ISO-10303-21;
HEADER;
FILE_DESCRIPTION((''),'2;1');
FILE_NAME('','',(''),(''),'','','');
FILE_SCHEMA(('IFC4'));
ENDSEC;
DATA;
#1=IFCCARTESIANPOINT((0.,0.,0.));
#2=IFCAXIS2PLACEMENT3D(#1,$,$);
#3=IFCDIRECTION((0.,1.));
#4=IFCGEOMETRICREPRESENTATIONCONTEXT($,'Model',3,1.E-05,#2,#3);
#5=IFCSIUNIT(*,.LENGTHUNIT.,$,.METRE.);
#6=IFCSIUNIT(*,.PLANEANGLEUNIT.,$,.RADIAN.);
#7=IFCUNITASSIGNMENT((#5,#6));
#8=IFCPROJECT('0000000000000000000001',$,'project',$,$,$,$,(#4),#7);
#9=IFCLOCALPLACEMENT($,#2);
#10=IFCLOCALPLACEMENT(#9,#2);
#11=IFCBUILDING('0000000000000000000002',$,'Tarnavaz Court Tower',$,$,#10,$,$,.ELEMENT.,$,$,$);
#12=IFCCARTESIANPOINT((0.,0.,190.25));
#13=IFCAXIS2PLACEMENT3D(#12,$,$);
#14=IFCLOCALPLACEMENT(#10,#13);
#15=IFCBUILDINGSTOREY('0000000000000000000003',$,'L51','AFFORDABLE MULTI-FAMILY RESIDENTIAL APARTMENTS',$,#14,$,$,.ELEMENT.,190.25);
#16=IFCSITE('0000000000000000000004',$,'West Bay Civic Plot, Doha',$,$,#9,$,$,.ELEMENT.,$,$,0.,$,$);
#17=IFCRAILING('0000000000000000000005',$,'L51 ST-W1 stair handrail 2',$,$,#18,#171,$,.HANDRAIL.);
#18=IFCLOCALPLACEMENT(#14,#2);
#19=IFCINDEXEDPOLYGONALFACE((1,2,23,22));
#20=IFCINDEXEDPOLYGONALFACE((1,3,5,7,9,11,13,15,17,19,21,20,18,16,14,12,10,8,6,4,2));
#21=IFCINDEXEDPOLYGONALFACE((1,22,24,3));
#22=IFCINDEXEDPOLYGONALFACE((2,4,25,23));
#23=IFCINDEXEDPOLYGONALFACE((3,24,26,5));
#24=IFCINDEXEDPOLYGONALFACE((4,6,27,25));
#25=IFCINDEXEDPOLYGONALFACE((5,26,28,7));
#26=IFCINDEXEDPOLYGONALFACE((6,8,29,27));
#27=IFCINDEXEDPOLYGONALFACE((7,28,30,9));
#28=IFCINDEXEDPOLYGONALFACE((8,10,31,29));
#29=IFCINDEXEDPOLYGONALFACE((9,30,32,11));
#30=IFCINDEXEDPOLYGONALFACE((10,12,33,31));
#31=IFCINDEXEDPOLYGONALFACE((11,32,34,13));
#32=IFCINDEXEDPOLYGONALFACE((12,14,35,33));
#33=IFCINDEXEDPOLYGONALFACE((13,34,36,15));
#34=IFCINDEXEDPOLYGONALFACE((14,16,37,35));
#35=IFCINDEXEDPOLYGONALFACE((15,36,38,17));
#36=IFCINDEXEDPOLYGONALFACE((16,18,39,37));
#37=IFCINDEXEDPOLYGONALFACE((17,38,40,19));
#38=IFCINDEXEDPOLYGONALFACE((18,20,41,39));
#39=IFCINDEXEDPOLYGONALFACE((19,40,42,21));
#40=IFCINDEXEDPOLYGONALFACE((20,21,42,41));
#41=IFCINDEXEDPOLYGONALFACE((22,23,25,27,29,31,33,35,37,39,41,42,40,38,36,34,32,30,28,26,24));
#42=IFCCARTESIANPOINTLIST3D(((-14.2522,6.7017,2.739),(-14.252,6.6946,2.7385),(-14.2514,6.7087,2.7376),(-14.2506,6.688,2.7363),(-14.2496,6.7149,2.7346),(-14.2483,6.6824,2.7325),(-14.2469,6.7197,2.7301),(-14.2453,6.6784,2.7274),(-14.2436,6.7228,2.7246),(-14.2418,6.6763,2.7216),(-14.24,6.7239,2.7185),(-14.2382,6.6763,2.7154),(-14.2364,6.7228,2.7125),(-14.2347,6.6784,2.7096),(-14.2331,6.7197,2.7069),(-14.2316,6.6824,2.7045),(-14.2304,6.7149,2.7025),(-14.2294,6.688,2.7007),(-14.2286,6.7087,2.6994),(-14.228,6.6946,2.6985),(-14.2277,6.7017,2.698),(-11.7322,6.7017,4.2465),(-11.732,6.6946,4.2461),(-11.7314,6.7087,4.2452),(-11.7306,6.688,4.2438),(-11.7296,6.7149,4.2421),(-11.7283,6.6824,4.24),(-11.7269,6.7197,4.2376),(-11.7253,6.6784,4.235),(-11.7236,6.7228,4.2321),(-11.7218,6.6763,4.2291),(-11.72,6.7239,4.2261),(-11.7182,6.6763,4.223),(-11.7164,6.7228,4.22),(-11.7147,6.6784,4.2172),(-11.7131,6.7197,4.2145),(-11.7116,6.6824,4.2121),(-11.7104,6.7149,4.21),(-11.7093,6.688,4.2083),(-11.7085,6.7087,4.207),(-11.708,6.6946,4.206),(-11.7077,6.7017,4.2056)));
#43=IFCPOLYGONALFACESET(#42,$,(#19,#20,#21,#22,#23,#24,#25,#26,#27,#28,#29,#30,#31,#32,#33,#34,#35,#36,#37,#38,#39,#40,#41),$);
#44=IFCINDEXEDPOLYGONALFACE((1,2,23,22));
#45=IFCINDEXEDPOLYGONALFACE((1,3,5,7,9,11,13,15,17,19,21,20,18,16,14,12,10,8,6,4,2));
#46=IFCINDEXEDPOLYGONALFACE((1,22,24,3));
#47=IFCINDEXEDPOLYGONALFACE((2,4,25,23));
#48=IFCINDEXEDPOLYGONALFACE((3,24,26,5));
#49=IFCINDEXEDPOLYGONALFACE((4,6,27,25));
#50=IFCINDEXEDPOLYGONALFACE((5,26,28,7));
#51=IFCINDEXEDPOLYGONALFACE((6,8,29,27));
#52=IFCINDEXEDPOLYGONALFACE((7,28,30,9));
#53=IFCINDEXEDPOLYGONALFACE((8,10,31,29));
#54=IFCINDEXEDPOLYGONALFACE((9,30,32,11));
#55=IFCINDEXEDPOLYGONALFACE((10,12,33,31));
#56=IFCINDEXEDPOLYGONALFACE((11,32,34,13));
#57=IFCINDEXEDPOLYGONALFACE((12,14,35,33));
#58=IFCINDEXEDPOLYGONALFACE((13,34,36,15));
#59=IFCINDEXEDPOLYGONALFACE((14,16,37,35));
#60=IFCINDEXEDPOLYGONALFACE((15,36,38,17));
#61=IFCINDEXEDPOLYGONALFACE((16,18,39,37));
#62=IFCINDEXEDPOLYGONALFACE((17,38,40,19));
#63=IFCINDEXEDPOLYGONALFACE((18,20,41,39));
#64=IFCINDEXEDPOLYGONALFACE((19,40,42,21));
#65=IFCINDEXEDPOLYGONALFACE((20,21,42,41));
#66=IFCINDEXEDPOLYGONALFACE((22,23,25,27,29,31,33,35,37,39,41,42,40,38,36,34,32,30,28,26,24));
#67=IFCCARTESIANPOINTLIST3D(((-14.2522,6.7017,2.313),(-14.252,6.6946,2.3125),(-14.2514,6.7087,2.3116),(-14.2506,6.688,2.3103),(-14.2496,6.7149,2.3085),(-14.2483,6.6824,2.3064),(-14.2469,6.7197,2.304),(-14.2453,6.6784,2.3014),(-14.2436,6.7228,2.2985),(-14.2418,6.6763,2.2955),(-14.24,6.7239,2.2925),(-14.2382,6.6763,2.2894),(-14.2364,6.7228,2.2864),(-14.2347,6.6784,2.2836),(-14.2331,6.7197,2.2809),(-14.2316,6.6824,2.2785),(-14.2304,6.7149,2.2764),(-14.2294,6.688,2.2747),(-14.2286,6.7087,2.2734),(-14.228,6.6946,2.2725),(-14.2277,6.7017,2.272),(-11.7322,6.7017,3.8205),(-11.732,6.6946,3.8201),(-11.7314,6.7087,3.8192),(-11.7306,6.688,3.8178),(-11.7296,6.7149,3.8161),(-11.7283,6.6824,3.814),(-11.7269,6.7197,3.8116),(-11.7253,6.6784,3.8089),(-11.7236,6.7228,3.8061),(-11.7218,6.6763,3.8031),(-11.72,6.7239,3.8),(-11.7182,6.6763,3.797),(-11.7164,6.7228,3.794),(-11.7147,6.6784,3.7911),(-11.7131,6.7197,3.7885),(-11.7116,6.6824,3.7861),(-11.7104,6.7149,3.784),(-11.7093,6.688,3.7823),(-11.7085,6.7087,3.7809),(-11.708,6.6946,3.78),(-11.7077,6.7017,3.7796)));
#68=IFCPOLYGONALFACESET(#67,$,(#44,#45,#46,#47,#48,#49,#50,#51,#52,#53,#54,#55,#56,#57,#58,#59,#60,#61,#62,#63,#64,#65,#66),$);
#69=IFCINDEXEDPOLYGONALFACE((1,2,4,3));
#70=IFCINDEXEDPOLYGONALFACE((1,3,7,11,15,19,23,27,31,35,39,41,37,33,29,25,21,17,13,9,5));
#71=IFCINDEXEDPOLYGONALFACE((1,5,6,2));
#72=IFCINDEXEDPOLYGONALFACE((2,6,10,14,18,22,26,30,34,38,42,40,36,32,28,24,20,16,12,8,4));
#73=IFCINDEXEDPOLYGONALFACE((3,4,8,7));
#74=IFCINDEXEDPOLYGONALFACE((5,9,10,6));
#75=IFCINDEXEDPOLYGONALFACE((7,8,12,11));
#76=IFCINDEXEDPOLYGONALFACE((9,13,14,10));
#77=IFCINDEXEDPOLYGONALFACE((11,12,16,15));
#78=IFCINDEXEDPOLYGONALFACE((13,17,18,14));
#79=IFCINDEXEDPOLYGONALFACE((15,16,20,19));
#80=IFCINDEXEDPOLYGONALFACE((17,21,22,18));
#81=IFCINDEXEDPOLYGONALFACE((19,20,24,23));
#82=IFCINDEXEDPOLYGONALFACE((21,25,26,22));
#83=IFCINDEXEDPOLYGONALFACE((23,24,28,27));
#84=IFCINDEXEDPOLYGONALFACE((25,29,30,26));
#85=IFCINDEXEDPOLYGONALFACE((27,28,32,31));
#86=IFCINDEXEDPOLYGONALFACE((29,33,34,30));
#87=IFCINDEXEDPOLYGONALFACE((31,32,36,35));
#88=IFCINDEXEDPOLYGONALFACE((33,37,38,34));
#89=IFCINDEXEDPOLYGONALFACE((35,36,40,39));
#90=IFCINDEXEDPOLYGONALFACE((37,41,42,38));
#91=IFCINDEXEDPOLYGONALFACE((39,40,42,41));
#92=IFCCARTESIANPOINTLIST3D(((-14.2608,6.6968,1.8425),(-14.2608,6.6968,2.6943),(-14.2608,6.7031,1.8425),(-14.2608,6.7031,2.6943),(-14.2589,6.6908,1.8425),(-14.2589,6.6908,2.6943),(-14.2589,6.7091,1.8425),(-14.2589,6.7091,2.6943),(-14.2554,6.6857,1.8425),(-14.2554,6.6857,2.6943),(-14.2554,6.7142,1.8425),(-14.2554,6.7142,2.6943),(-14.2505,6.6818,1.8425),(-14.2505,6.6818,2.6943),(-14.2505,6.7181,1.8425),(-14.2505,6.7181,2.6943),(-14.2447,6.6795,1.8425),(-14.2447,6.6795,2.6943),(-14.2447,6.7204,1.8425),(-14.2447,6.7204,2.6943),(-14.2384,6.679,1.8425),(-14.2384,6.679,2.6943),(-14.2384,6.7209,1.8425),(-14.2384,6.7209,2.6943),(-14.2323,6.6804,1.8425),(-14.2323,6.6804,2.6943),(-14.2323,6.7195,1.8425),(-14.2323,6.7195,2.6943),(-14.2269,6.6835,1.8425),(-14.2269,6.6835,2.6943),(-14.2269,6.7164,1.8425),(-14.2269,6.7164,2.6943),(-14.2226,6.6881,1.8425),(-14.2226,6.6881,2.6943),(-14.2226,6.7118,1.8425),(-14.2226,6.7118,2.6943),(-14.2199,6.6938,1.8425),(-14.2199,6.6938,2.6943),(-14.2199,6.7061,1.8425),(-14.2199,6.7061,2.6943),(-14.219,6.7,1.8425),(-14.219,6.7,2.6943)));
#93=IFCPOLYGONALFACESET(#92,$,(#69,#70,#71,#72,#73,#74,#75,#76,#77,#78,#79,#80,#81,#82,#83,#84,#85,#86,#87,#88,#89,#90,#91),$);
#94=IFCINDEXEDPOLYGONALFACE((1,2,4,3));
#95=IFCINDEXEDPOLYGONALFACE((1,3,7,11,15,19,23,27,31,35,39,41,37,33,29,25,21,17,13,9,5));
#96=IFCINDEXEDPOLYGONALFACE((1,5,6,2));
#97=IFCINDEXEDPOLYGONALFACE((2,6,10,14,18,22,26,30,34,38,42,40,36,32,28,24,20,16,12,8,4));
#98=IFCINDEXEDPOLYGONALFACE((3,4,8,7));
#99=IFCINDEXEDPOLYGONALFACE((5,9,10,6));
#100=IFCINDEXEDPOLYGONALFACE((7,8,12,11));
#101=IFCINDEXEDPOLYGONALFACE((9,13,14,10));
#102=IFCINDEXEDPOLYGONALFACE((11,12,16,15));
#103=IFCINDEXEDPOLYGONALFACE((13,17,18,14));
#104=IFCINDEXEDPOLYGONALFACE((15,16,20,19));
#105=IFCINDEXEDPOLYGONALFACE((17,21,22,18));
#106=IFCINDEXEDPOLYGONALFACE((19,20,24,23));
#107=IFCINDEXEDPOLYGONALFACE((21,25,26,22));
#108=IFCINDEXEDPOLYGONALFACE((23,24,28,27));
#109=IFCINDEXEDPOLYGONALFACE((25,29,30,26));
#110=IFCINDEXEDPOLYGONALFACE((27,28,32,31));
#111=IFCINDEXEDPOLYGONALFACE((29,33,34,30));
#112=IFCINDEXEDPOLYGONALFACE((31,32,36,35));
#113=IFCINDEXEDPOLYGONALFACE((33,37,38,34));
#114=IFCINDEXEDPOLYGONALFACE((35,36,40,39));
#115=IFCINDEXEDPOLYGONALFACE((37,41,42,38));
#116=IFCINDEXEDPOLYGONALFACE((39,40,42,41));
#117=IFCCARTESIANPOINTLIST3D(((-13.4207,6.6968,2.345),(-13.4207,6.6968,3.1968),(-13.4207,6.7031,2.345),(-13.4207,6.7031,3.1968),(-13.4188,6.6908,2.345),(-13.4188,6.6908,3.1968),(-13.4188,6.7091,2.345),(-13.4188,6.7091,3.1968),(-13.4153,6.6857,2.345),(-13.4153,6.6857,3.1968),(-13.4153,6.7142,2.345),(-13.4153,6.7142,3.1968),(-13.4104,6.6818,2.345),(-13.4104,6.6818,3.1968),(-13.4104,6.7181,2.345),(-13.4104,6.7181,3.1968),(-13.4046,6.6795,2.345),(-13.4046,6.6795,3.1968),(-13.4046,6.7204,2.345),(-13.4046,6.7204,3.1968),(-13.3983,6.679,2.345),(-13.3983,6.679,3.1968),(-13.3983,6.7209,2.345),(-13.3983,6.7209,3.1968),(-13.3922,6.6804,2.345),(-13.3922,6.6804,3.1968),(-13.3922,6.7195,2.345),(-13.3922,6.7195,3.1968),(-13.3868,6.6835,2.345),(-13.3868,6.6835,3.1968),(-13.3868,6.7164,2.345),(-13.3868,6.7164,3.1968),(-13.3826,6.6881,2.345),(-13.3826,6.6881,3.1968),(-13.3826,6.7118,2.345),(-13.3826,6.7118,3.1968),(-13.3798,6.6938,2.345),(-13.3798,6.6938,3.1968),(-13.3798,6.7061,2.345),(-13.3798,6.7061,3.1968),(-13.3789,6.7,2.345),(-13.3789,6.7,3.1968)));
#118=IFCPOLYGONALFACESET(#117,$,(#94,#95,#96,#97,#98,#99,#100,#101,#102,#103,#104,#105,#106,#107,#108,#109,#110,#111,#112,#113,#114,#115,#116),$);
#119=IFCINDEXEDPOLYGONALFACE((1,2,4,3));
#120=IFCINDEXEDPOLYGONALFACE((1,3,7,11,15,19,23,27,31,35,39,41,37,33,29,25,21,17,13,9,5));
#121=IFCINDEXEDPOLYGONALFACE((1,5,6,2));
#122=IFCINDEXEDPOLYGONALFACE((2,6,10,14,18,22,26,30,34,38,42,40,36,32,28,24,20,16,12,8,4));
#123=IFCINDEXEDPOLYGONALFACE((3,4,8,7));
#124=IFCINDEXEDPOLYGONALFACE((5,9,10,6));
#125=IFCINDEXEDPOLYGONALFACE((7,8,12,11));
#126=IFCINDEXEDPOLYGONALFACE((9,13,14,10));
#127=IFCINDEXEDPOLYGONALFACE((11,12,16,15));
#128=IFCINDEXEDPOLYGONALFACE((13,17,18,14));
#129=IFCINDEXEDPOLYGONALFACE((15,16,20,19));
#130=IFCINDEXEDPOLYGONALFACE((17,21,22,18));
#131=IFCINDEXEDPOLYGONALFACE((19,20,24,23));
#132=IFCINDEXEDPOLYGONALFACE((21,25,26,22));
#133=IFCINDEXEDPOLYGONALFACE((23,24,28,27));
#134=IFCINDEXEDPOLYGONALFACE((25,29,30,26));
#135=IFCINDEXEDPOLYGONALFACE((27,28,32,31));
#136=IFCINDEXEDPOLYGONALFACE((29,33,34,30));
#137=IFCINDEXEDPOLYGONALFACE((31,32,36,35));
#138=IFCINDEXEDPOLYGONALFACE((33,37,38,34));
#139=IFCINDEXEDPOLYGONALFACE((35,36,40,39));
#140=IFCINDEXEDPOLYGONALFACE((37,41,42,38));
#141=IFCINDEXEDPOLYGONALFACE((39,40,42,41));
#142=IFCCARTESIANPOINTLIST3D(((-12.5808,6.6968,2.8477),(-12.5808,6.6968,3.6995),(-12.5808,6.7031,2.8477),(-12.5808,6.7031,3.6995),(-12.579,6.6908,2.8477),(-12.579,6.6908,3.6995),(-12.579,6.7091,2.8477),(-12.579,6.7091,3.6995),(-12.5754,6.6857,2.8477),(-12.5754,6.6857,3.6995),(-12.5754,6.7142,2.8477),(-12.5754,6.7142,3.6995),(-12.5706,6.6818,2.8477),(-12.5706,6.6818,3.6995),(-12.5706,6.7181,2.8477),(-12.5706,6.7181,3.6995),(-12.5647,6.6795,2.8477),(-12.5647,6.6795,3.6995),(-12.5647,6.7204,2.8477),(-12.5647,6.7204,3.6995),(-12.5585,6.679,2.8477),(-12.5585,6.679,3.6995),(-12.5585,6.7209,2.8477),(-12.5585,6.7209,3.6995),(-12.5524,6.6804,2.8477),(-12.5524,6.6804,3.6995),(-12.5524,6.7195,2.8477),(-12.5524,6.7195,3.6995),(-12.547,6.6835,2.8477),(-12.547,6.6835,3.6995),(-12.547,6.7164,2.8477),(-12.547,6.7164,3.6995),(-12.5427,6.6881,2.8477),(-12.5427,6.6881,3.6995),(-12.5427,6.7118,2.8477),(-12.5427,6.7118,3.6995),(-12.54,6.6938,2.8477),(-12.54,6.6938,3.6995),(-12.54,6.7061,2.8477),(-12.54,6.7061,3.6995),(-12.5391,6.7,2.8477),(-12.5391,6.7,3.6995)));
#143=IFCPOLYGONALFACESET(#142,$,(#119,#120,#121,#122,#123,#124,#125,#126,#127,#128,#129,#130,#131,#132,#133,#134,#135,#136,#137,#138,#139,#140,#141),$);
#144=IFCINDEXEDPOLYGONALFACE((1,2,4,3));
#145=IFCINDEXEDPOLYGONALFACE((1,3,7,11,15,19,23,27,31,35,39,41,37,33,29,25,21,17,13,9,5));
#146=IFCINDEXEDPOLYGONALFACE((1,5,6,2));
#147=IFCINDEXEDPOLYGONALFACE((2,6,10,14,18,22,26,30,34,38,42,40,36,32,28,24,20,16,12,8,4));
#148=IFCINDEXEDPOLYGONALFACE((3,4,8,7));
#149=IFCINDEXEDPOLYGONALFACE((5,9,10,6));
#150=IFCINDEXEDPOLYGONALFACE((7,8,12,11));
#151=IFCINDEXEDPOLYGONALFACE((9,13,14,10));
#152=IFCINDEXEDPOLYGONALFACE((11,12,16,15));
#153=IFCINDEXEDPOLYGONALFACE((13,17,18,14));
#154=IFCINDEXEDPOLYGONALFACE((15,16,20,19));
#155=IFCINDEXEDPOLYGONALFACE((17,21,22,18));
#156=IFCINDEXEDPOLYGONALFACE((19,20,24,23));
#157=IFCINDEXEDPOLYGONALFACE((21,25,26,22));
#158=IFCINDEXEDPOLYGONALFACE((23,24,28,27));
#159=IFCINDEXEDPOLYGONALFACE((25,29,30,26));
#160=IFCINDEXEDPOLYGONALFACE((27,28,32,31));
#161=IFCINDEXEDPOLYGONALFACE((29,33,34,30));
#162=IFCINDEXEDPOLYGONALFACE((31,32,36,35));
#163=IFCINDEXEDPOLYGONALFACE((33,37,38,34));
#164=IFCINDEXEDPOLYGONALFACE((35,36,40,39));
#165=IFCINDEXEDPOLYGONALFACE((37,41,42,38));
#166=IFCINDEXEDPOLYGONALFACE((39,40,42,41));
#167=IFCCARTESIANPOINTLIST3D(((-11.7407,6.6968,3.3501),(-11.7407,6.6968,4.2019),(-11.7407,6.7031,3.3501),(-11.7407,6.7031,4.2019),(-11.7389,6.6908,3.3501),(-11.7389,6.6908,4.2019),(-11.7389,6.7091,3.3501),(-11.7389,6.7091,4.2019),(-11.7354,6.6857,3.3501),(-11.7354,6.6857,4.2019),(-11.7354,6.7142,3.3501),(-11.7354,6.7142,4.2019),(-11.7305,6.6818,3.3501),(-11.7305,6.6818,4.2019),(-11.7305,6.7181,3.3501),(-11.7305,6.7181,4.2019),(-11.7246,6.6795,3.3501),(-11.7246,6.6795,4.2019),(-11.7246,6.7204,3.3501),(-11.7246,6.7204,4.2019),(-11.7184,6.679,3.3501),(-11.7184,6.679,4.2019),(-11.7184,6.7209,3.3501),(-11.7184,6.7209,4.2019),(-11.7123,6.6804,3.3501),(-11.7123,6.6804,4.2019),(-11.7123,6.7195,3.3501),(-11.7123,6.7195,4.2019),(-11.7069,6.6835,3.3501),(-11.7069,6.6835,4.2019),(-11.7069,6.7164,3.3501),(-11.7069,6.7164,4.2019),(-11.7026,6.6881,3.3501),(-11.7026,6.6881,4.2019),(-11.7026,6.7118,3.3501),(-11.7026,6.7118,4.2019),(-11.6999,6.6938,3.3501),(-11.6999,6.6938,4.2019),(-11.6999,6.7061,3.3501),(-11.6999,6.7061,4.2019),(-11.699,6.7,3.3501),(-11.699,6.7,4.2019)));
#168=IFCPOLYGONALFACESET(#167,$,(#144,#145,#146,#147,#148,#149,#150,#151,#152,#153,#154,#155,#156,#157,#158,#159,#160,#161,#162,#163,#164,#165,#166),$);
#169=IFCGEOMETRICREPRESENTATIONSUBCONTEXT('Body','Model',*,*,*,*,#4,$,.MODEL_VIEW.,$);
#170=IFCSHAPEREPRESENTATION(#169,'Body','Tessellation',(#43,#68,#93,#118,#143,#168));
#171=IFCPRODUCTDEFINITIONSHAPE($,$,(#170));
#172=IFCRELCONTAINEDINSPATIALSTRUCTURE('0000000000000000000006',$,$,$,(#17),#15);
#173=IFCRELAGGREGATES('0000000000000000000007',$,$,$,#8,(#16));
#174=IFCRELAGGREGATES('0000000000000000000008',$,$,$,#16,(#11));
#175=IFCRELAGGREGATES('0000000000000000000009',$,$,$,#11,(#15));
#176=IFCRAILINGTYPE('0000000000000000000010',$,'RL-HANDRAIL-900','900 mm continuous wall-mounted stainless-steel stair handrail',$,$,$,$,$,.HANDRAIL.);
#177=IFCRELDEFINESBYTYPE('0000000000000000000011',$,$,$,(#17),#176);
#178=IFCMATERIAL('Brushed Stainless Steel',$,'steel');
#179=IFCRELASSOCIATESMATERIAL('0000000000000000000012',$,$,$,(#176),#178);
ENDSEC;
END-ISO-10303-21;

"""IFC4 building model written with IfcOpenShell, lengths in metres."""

from ifc_helpers import new_model, si_unit, direction, frame, origin, origin_2d, place, context, subcontext, project, spatial, circle, extrude, material, type_object, element, save


model = new_model("IFC4")

# Units and contexts
model_context = context("Model", 3, precision=1e-05, world=origin(), true_north=direction((0.0, 1.0)))
body_context = subcontext(model_context, "Body", "Model", "MODEL_VIEW")
ifc_project = project(units=[si_unit("LENGTHUNIT", "METRE"), si_unit("PLANEANGLEUNIT", "RADIAN")], contexts=[model_context])

# Site, building, storey
site_placement = place(None, origin())
site = spatial("IfcSite", under=ifc_project, at=site_placement, Name="West Bay Civic Plot, Doha", CompositionType="ELEMENT", RefElevation=0.0)
building_placement = place(site_placement, origin())
building = spatial("IfcBuilding", under=site, at=building_placement, Name="Tarnavaz Court Tower", CompositionType="ELEMENT")
storey_placement = place(building_placement, frame((0.0, 0.0, 190.25)))
storey = spatial("IfcBuildingStorey", under=building, at=storey_placement, Name="L51", Description="AFFORDABLE MULTI-FAMILY RESIDENTIAL APARTMENTS", CompositionType="ELEMENT", Elevation=190.25)

# Railing
ifc_material_1 = material(Name="Brushed Stainless Steel", Category="steel")
railing_type_1 = type_object("IfcRailingType", Name="RL-HANDRAIL-900", Description="900 mm continuous wall-mounted stainless-steel stair handrail", PredefinedType="HANDRAIL", material=ifc_material_1)
for number, where, name in (
    (1, (-14.24, 6.7, 1.8425), "L51 ST-W1 stair handrail 2"),
):
    element("IfcRailing", number, at=place(storey_placement, frame(where)), inside=storey, type_object=railing_type_1, Name=name, PredefinedType="HANDRAIL", context=body_context, shape_type="SweptSolid", body=[
        extrude(circle(Radius=0.0239, at=origin_2d()), frame((0.0, 0.0, 0.876), z_axis=(0.85816, 0.0, 0.513383), x_axis=(0.0, 1.0, 0.0)), (0.0, 0.0, 1.0), 2.9365),
        extrude(circle(Radius=0.0239, at=origin_2d()), frame((0.0, 0.0, 0.45), z_axis=(0.85816, 0.0, 0.513383), x_axis=(0.0, 1.0, 0.0)), (0.0, 0.0, 1.0), 2.9365),
        extrude(circle(Radius=0.021, at=origin_2d()), origin(), (0.0, 0.0, 1.0), 0.8518),
        extrude(circle(Radius=0.021, at=origin_2d()), frame((0.8401, 0.0, 0.5024)), (0.0, 0.0, 1.0), 0.8518),
        extrude(circle(Radius=0.021, at=origin_2d()), frame((1.6799, 0.0, 1.0051)), (0.0, 0.0, 1.0), 0.8518),
        extrude(circle(Radius=0.021, at=origin_2d()), frame((2.52, 0.0, 1.5076)), (0.0, 0.0, 1.0), 0.8518),
    ])

save(model, "model.ifc")
